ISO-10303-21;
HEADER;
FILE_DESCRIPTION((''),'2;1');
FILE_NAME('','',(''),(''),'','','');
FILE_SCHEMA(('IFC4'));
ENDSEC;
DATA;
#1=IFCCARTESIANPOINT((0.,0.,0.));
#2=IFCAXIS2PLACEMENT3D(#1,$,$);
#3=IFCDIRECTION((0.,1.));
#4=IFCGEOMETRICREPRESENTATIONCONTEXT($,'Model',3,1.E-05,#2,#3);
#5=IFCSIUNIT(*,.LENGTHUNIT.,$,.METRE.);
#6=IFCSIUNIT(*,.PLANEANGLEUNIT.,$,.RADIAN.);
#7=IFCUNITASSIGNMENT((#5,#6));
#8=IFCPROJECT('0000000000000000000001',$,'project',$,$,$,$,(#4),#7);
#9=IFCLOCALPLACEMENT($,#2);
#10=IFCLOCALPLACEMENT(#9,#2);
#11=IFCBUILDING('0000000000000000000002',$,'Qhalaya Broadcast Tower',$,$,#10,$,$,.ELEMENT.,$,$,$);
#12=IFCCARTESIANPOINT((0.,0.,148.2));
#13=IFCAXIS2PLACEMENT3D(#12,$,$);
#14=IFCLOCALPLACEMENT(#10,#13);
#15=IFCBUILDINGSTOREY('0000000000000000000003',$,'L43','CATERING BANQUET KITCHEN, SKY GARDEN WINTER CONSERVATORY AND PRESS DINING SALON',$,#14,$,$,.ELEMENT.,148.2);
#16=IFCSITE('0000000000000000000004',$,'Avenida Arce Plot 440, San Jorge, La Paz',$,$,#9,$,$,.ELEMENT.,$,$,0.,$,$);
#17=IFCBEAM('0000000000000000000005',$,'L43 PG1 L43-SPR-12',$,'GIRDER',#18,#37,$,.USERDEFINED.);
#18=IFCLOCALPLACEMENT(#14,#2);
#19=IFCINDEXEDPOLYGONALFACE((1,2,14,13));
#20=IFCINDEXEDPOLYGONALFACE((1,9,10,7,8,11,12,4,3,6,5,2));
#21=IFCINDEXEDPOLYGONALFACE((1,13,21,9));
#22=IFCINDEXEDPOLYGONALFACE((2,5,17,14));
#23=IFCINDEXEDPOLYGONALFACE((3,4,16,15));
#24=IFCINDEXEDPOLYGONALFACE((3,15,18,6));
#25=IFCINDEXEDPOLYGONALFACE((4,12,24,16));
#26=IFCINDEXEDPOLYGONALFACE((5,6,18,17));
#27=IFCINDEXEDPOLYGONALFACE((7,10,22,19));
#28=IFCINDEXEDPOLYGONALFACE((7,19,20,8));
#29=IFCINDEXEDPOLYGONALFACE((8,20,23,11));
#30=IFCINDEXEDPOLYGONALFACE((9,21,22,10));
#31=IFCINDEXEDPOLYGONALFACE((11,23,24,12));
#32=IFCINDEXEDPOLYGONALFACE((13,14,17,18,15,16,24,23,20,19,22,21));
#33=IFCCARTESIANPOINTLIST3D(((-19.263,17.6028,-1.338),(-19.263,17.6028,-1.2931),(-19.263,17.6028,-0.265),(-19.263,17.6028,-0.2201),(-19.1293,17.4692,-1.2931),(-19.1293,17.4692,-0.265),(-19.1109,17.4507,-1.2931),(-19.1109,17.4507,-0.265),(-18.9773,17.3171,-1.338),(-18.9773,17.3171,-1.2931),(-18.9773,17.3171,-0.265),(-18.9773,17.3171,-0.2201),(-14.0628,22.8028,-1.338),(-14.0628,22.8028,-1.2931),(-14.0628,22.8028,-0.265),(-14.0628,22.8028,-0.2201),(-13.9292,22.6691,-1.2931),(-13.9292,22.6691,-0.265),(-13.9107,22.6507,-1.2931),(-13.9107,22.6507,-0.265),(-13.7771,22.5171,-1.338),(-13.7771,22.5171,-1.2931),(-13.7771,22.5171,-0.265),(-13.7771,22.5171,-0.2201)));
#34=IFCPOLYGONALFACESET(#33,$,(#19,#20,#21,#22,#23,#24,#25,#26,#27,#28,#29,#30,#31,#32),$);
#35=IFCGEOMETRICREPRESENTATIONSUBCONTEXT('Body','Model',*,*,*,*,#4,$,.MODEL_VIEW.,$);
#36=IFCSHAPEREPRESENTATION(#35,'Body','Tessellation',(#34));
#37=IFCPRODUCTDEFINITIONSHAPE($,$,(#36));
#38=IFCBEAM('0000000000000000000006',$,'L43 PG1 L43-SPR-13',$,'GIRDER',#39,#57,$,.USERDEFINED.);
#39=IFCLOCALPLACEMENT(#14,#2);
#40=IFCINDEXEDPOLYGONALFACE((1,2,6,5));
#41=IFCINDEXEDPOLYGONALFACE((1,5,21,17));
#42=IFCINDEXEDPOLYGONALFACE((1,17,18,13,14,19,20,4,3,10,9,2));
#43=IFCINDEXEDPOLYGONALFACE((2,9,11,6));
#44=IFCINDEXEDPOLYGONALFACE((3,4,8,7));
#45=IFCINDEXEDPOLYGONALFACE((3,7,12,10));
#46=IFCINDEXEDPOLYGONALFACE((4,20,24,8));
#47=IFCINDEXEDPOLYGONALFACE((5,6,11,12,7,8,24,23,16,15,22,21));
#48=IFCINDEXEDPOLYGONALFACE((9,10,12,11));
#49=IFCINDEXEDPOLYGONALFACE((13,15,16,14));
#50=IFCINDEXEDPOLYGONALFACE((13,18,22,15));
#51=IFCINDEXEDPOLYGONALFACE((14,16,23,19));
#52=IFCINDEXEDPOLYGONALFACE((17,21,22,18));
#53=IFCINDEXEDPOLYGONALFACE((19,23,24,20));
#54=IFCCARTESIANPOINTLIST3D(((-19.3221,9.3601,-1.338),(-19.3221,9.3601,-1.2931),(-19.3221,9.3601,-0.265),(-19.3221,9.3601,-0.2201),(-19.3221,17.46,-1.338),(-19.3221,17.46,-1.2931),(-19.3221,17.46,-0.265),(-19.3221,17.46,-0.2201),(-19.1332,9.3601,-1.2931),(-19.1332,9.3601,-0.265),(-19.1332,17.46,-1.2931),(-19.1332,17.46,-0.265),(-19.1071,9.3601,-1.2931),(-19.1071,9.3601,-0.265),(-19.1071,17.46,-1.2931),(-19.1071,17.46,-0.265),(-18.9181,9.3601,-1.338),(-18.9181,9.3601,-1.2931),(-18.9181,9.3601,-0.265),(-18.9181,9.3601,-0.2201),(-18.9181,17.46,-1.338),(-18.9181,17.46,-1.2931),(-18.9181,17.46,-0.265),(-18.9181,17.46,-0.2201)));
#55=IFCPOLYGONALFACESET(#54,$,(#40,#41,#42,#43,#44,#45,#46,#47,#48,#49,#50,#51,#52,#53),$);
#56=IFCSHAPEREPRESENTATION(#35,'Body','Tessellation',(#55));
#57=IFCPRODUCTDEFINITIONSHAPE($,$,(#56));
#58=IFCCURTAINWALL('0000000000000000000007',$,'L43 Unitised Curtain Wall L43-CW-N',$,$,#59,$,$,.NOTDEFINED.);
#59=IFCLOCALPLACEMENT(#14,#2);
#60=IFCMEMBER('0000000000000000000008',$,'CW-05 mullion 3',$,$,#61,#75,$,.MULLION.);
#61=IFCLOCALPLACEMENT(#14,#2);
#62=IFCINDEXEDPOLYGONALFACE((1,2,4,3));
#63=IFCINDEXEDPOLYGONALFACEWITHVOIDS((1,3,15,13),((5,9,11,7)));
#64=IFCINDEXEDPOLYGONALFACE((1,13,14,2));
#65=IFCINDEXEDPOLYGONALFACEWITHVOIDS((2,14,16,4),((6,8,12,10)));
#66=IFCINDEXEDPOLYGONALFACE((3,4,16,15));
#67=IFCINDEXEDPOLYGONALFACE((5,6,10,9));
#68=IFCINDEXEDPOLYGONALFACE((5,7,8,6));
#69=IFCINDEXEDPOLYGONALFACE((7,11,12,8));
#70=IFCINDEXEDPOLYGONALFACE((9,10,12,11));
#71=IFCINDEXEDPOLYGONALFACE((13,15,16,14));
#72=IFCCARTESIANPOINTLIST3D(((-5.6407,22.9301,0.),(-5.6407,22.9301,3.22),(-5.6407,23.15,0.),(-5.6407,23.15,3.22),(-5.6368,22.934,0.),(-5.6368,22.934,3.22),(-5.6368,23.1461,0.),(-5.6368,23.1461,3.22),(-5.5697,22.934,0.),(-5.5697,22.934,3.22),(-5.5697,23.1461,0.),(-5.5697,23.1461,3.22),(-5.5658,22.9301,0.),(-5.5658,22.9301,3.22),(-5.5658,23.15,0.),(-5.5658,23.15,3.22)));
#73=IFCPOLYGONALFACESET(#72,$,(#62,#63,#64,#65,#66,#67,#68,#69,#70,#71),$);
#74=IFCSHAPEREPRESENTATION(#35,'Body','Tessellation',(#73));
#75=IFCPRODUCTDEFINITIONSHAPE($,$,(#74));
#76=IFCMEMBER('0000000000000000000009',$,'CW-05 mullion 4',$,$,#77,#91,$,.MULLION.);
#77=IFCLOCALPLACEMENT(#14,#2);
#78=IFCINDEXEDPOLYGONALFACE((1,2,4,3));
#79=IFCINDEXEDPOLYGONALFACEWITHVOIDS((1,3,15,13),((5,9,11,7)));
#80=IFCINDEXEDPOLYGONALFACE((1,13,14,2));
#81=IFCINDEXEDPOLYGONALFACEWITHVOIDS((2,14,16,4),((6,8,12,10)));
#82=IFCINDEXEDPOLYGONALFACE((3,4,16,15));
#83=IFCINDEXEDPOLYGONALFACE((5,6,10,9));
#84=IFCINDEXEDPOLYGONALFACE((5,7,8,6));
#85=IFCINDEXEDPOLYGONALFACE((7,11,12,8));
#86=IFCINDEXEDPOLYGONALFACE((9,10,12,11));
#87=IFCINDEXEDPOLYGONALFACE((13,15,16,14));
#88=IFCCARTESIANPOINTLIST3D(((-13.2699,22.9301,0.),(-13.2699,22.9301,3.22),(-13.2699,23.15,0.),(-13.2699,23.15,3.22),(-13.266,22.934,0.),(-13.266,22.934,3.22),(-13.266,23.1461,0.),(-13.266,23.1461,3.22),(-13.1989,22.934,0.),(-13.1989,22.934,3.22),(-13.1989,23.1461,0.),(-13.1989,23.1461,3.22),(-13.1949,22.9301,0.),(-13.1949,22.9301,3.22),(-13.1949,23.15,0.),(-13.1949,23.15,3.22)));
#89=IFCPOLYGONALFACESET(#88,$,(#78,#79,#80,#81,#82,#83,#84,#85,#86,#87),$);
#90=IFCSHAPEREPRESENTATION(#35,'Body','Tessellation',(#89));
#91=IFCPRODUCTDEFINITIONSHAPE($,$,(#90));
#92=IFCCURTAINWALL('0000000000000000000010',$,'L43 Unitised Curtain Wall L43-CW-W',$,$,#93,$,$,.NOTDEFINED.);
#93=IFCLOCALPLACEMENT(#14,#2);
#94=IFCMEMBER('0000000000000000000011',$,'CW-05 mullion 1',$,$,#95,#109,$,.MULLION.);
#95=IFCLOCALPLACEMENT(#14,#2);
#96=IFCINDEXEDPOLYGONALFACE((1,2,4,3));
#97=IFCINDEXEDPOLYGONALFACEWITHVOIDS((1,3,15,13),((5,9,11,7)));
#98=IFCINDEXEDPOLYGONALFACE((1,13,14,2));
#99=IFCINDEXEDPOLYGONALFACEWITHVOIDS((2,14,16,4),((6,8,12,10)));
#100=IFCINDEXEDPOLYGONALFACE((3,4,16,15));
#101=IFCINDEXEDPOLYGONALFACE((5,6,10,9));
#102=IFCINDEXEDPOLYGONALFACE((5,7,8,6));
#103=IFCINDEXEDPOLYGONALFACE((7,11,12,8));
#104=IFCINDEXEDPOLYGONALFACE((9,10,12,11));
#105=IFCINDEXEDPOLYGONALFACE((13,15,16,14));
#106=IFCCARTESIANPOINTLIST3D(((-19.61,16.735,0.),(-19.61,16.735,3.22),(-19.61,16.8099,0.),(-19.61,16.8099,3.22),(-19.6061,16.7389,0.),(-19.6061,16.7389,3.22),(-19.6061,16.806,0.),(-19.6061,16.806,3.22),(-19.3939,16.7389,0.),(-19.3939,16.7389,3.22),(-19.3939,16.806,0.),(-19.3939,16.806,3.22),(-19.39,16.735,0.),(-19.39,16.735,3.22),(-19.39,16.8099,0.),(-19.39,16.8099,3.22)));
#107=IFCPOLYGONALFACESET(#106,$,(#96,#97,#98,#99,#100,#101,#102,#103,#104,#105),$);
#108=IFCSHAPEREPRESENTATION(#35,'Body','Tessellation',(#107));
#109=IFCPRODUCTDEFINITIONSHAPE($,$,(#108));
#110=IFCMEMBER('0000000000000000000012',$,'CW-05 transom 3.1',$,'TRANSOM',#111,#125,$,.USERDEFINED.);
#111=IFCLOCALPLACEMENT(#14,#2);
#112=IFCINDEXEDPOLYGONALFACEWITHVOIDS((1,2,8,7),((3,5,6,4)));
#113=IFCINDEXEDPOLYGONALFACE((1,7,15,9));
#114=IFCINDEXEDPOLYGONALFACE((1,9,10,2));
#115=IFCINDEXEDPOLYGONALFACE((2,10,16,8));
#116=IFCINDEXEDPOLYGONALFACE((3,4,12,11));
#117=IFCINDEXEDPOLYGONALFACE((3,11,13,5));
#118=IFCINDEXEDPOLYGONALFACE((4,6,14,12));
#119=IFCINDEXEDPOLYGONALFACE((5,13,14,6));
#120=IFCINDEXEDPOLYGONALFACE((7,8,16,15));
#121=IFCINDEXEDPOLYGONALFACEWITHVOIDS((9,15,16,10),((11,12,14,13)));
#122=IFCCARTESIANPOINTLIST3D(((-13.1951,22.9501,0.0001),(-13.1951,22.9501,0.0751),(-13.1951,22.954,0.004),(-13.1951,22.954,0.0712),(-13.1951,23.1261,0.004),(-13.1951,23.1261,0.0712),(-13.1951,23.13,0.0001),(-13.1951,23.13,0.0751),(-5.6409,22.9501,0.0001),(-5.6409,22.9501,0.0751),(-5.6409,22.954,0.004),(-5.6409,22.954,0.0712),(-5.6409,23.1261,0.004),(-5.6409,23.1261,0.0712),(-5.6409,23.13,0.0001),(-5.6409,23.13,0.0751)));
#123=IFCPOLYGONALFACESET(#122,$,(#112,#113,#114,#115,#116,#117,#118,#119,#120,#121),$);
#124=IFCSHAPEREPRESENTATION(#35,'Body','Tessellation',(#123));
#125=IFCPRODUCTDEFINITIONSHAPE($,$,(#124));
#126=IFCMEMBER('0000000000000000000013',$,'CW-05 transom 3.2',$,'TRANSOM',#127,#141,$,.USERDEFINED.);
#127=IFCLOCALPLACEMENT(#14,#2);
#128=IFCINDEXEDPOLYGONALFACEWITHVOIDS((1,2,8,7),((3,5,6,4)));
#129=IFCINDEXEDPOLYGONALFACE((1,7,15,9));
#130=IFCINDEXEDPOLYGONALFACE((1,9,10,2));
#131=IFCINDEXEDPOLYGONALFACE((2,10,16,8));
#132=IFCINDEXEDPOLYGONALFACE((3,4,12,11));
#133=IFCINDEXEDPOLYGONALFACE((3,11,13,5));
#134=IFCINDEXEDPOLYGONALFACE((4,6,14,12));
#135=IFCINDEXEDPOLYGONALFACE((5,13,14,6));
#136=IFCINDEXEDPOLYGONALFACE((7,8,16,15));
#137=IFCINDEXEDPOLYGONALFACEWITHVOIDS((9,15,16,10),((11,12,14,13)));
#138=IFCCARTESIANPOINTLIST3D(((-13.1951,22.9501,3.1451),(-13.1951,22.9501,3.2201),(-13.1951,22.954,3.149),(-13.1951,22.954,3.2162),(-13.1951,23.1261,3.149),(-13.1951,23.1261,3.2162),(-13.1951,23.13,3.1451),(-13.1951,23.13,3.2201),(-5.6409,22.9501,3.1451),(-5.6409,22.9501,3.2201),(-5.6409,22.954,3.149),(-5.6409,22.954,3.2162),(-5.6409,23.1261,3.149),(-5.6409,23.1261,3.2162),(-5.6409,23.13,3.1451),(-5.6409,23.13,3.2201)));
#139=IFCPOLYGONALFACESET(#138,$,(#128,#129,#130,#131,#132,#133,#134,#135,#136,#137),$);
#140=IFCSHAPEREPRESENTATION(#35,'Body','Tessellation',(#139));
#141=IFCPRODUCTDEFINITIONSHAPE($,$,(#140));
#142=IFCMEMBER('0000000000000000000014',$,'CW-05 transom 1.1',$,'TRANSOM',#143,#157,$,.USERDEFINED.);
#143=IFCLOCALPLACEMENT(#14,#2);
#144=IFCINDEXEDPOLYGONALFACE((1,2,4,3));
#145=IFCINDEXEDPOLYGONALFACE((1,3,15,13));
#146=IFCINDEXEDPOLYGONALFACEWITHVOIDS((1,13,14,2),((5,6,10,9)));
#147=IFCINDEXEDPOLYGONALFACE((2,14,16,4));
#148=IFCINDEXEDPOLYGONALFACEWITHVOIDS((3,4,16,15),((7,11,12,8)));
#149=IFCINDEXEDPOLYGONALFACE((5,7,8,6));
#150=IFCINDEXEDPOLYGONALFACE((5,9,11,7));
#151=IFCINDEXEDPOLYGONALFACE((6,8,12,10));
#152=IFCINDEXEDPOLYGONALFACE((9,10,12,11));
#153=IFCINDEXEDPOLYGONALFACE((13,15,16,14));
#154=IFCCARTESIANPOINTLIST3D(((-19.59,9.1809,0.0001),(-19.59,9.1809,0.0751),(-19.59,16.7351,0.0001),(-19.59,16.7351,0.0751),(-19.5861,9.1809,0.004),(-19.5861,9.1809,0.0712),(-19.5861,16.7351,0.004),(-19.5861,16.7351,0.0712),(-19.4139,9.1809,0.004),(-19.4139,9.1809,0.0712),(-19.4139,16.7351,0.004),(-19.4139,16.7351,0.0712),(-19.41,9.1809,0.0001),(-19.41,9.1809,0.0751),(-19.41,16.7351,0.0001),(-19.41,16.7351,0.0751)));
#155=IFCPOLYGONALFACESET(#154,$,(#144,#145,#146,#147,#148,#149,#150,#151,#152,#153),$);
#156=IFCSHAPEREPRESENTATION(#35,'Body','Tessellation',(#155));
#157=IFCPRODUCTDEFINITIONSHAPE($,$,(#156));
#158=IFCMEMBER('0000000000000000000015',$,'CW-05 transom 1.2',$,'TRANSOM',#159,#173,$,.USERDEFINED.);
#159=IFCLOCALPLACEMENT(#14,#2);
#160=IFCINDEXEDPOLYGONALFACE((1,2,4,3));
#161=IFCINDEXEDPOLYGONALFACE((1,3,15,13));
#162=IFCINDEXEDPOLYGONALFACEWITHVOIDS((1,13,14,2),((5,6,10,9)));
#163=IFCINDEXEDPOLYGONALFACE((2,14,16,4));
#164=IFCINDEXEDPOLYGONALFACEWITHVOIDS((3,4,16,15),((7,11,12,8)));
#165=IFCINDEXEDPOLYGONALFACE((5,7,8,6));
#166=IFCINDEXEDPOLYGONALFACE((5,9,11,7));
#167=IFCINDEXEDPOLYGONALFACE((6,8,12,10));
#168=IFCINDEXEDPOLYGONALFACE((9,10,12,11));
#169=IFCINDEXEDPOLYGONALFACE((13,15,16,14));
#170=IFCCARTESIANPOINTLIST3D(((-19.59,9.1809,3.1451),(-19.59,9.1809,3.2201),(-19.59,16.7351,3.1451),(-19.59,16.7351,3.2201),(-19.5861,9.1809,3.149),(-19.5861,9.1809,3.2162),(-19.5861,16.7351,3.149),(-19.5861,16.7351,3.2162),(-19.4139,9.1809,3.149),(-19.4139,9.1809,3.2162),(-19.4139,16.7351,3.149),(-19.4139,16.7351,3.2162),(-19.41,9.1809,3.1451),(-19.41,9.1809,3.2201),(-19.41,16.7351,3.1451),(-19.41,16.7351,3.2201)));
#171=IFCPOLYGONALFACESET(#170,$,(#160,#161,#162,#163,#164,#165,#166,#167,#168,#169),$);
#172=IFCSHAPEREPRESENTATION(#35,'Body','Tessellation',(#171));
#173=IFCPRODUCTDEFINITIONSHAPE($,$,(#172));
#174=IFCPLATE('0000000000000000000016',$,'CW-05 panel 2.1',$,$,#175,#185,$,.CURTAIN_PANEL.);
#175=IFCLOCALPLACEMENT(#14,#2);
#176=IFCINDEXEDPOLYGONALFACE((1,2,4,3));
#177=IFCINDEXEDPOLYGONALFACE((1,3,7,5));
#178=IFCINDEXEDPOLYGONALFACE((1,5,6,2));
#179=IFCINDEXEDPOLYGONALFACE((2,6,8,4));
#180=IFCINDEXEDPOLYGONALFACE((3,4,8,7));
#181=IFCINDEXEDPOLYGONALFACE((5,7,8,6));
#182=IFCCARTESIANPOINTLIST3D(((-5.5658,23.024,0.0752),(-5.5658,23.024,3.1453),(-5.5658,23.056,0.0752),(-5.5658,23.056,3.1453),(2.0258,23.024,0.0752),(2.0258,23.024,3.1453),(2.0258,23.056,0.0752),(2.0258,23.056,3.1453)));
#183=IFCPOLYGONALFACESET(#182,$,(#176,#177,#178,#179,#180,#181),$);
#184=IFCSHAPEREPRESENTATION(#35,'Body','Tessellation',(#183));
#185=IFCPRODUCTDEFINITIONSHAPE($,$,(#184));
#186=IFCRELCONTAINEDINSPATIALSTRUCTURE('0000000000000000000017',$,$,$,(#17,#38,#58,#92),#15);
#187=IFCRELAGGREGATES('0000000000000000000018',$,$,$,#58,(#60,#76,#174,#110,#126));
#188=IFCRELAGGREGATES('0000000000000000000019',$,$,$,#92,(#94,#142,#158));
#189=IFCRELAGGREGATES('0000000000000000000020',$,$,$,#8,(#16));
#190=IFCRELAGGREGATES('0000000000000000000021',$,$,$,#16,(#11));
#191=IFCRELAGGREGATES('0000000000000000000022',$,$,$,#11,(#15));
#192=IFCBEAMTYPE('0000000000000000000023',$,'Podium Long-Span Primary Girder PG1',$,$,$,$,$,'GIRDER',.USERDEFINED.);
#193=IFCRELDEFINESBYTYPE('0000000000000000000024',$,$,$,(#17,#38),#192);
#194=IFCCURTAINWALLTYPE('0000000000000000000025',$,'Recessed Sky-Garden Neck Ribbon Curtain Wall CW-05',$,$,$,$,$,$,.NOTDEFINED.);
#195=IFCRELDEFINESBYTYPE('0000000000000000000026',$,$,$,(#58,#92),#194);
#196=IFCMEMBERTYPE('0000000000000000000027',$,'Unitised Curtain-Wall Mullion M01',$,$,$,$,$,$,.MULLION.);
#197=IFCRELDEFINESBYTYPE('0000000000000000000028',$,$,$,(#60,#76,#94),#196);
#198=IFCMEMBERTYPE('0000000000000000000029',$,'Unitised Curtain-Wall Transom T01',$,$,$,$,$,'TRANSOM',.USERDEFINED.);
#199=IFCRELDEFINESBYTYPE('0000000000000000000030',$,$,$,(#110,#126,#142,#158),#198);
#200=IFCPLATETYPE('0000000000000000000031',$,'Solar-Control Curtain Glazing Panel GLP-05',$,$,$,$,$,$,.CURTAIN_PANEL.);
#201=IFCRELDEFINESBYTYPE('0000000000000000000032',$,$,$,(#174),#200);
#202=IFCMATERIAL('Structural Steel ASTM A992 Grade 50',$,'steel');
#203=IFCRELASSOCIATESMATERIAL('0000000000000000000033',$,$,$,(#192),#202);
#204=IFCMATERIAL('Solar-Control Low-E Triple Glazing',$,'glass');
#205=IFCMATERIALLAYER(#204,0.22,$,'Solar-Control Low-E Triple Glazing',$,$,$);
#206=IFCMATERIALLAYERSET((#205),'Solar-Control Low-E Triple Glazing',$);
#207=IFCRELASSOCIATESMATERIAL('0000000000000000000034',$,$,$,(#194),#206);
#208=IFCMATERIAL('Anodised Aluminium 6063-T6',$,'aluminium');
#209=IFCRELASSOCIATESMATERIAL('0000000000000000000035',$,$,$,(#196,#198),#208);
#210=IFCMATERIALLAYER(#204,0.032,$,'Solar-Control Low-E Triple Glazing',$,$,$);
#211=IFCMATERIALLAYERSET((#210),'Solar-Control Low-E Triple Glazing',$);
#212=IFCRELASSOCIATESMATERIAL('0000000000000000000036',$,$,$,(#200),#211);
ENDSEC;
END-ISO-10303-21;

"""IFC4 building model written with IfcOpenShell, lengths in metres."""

from ifc_helpers import new_model, si_unit, direction, frame, origin, origin_2d, place, context, subcontext, project, spatial, rectangle, hollow_rectangle, i_section, extrude, material, layer, layer_set, material_profile, profile_set, type_object, element, aggregate, save


model = new_model("IFC4")

# Units and contexts
model_context = context("Model", 3, precision=1e-05, world=origin(), true_north=direction((0.0, 1.0)))
body_context = subcontext(model_context, "Body", "Model", "MODEL_VIEW")
ifc_project = project(units=[si_unit("LENGTHUNIT", "METRE"), si_unit("PLANEANGLEUNIT", "RADIAN")], contexts=[model_context])

# Site, building, storey
site_placement = place(None, origin())
site = spatial("IfcSite", under=ifc_project, at=site_placement, Name="Avenida Arce Plot 440, San Jorge, La Paz", CompositionType="ELEMENT", RefElevation=0.0)
building_placement = place(site_placement, origin())
building = spatial("IfcBuilding", under=site, at=building_placement, Name="Qhalaya Broadcast Tower", CompositionType="ELEMENT")
storey_placement = place(building_placement, frame((0.0, 0.0, 148.2)))
storey = spatial("IfcBuildingStorey", under=building, at=storey_placement, Name="L43", Description="CATERING BANQUET KITCHEN, SKY GARDEN WINTER CONSERVATORY AND PRESS DINING SALON", CompositionType="ELEMENT", Elevation=148.2)

# Shared definitions
ifc_material_1 = material(Name="Structural Steel ASTM A992 Grade 50", Category="steel")

# Beams
ifc_material_profile_1 = material_profile(ifc_material_1, i_section(OverallWidth=0.4041, OverallDepth=1.1179, WebThickness=0.0261, FlangeThickness=0.0449, at=origin_2d()), Name="W44X335")
ifc_profile_set_1 = profile_set([ifc_material_profile_1], Name="Structural Steel ASTM A992 Grade 50")
beam_type_1 = type_object("IfcBeamType", Name="Podium Long-Span Primary Girder PG1", ElementType="GIRDER", PredefinedType="USERDEFINED", material=ifc_profile_set_1)
beam_1_placement = place(storey_placement, frame((-13.9199, 22.6599, -0.7791), z_axis=(-0.707123, -0.70709, 0.0), x_axis=(0.70709, -0.707123, 0.0)))
element("IfcBeam", 1, at=beam_1_placement, inside=storey, type_object=beam_type_1, Name="L43 PG1 L43-SPR-12", ObjectType="GIRDER", PredefinedType="USERDEFINED", context=body_context, shape_type="SweptSolid", body=[
    extrude(i_section(OverallWidth=0.4041, OverallDepth=1.1179, WebThickness=0.0261, FlangeThickness=0.0449, at=origin_2d()), origin(), (0.0, 0.0, 1.0), 7.354),
])
beam_2_placement = place(storey_placement, frame((-19.1201, 17.46, -0.7791), z_axis=(0.0, -1.0, 0.0), x_axis=(1.0, 0.0, 0.0)))
element("IfcBeam", 2, at=beam_2_placement, inside=storey, type_object=beam_type_1, Name="L43 PG1 L43-SPR-13", ObjectType="GIRDER", PredefinedType="USERDEFINED", context=body_context, shape_type="SweptSolid", body=[
    extrude(i_section(OverallWidth=0.4041, OverallDepth=1.1179, WebThickness=0.0261, FlangeThickness=0.0449, at=origin_2d()), origin(), (0.0, 0.0, 1.0), 8.0999),
])

# Curtain wall, members
ifc_material_2 = material(Name="Solar-Control Low-E Triple Glazing", Category="glass")
ifc_layer_1 = layer(ifc_material_2, 0.22, Name="Solar-Control Low-E Triple Glazing")
ifc_layer_set_1 = layer_set([ifc_layer_1], Name="Solar-Control Low-E Triple Glazing")
curtain_wall_type = type_object("IfcCurtainWallType", Name="Recessed Sky-Garden Neck Ribbon Curtain Wall CW-05", PredefinedType="NOTDEFINED", material=ifc_layer_set_1)
curtain_wall_1_placement = place(storey_placement, origin())
curtain_wall_1 = element("IfcCurtainWall", 3, at=curtain_wall_1_placement, inside=storey, type_object=curtain_wall_type, Name="L43 Unitised Curtain Wall L43-CW-N", PredefinedType="NOTDEFINED")
ifc_material_3 = material(Name="Anodised Aluminium 6063-T6", Category="aluminium")
ifc_material_profile_2 = material_profile(ifc_material_3, hollow_rectangle(XDim=0.075, YDim=0.22, WallThickness=0.0039, at=origin_2d()), Name="ALU-MUL 75x220x4")
ifc_profile_set_2 = profile_set([ifc_material_profile_2], Name="Anodised Aluminium 6063-T6")
member_type_1 = type_object("IfcMemberType", Name="Unitised Curtain-Wall Mullion M01", PredefinedType="MULLION", material=ifc_profile_set_2)
member_1_placement = place(storey_placement, frame((-5.6033, 23.04, 0.0), z_axis=(0.0, 0.0, 1.0), x_axis=(-1.0, 0.0, 0.0)))
member_1 = element("IfcMember", 4, at=member_1_placement, type_object=member_type_1, Name="CW-05 mullion 3", PredefinedType="MULLION", context=body_context, shape_type="SweptSolid", body=[
    extrude(hollow_rectangle(XDim=0.075, YDim=0.22, WallThickness=0.0039, at=origin_2d()), origin(), (0.0, 0.0, 1.0), 3.22),
])
member_2_placement = place(storey_placement, frame((-13.2324, 23.04, 0.0), z_axis=(0.0, 0.0, 1.0), x_axis=(-1.0, 0.0, 0.0)))
member_2 = element("IfcMember", 5, at=member_2_placement, type_object=member_type_1, Name="CW-05 mullion 4", PredefinedType="MULLION", context=body_context, shape_type="SweptSolid", body=[
    extrude(hollow_rectangle(XDim=0.075, YDim=0.22, WallThickness=0.0039, at=origin_2d()), origin(), (0.0, 0.0, 1.0), 3.22),
])

# Curtain wall, member
curtain_wall_2_placement = place(storey_placement, origin())
curtain_wall_2 = element("IfcCurtainWall", 6, at=curtain_wall_2_placement, inside=storey, type_object=curtain_wall_type, Name="L43 Unitised Curtain Wall L43-CW-W", PredefinedType="NOTDEFINED")
member_3_placement = place(storey_placement, frame((-19.5, 16.7725, 0.0), z_axis=(0.0, 0.0, 1.0), x_axis=(0.0, -1.0, 0.0)))
member_3 = element("IfcMember", 7, at=member_3_placement, type_object=member_type_1, Name="CW-05 mullion 1", PredefinedType="MULLION", context=body_context, shape_type="SweptSolid", body=[
    extrude(hollow_rectangle(XDim=0.075, YDim=0.22, WallThickness=0.0039, at=origin_2d()), origin(), (0.0, 0.0, 1.0), 3.22),
])

# Members
ifc_material_profile_3 = material_profile(ifc_material_3, hollow_rectangle(XDim=0.075, YDim=0.1799, WallThickness=0.0039, at=origin_2d()), Name="ALU-TRN 75x180x4")
ifc_profile_set_3 = profile_set([ifc_material_profile_3], Name="Anodised Aluminium 6063-T6")
member_type_2 = type_object("IfcMemberType", Name="Unitised Curtain-Wall Transom T01", ElementType="TRANSOM", PredefinedType="USERDEFINED", material=ifc_profile_set_3)
member_4_placement = place(storey_placement, frame((-5.6409, 23.04, 0.0376), z_axis=(-1.0, 0.0, 0.0), x_axis=(0.0, 0.0, 1.0)))
member_4 = element("IfcMember", 8, at=member_4_placement, type_object=member_type_2, Name="CW-05 transom 3.1", ObjectType="TRANSOM", PredefinedType="USERDEFINED", context=body_context, shape_type="SweptSolid", body=[
    extrude(hollow_rectangle(XDim=0.075, YDim=0.1799, WallThickness=0.0039, at=origin_2d()), origin(), (0.0, 0.0, 1.0), 7.5542),
])
member_5_placement = place(storey_placement, frame((-5.6409, 23.04, 3.1826), z_axis=(-1.0, 0.0, 0.0), x_axis=(0.0, 0.0, 1.0)))
member_5 = element("IfcMember", 9, at=member_5_placement, type_object=member_type_2, Name="CW-05 transom 3.2", ObjectType="TRANSOM", PredefinedType="USERDEFINED", context=body_context, shape_type="SweptSolid", body=[
    extrude(hollow_rectangle(XDim=0.075, YDim=0.1799, WallThickness=0.0039, at=origin_2d()), origin(), (0.0, 0.0, 1.0), 7.5542),
])
member_6_placement = place(storey_placement, frame((-19.5, 16.7351, 0.0376), z_axis=(0.0, -1.0, 0.0), x_axis=(0.0, 0.0, 1.0)))
member_6 = element("IfcMember", 10, at=member_6_placement, type_object=member_type_2, Name="CW-05 transom 1.1", ObjectType="TRANSOM", PredefinedType="USERDEFINED", context=body_context, shape_type="SweptSolid", body=[
    extrude(hollow_rectangle(XDim=0.075, YDim=0.1799, WallThickness=0.0039, at=origin_2d()), origin(), (0.0, 0.0, 1.0), 7.5542),
])
member_7_placement = place(storey_placement, frame((-19.5, 16.7351, 3.1826), z_axis=(0.0, -1.0, 0.0), x_axis=(0.0, 0.0, 1.0)))
member_7 = element("IfcMember", 11, at=member_7_placement, type_object=member_type_2, Name="CW-05 transom 1.2", ObjectType="TRANSOM", PredefinedType="USERDEFINED", context=body_context, shape_type="SweptSolid", body=[
    extrude(hollow_rectangle(XDim=0.075, YDim=0.1799, WallThickness=0.0039, at=origin_2d()), origin(), (0.0, 0.0, 1.0), 7.5542),
])

# Plate
ifc_layer_2 = layer(ifc_material_2, 0.032, Name="Solar-Control Low-E Triple Glazing")
ifc_layer_set_2 = layer_set([ifc_layer_2], Name="Solar-Control Low-E Triple Glazing")
plate_type = type_object("IfcPlateType", Name="Solar-Control Curtain Glazing Panel GLP-05", PredefinedType="CURTAIN_PANEL", material=ifc_layer_set_2)
plate_1_placement = place(storey_placement, frame((-1.77, 23.04, 0.0752), z_axis=(0.0, 0.0, 1.0), x_axis=(-1.0, 0.0, 0.0)))
plate_1 = element("IfcPlate", 12, at=plate_1_placement, type_object=plate_type, Name="CW-05 panel 2.1", PredefinedType="CURTAIN_PANEL", context=body_context, shape_type="SweptSolid", body=[
    extrude(rectangle(XDim=7.5916, YDim=0.032, at=origin_2d()), origin(), (0.0, 0.0, 1.0), 3.0701),
])
aggregate(curtain_wall_1, [member_1, member_2, plate_1, member_4, member_5])
aggregate(curtain_wall_2, [member_3, member_6, member_7])

save(model, "model.ifc")
